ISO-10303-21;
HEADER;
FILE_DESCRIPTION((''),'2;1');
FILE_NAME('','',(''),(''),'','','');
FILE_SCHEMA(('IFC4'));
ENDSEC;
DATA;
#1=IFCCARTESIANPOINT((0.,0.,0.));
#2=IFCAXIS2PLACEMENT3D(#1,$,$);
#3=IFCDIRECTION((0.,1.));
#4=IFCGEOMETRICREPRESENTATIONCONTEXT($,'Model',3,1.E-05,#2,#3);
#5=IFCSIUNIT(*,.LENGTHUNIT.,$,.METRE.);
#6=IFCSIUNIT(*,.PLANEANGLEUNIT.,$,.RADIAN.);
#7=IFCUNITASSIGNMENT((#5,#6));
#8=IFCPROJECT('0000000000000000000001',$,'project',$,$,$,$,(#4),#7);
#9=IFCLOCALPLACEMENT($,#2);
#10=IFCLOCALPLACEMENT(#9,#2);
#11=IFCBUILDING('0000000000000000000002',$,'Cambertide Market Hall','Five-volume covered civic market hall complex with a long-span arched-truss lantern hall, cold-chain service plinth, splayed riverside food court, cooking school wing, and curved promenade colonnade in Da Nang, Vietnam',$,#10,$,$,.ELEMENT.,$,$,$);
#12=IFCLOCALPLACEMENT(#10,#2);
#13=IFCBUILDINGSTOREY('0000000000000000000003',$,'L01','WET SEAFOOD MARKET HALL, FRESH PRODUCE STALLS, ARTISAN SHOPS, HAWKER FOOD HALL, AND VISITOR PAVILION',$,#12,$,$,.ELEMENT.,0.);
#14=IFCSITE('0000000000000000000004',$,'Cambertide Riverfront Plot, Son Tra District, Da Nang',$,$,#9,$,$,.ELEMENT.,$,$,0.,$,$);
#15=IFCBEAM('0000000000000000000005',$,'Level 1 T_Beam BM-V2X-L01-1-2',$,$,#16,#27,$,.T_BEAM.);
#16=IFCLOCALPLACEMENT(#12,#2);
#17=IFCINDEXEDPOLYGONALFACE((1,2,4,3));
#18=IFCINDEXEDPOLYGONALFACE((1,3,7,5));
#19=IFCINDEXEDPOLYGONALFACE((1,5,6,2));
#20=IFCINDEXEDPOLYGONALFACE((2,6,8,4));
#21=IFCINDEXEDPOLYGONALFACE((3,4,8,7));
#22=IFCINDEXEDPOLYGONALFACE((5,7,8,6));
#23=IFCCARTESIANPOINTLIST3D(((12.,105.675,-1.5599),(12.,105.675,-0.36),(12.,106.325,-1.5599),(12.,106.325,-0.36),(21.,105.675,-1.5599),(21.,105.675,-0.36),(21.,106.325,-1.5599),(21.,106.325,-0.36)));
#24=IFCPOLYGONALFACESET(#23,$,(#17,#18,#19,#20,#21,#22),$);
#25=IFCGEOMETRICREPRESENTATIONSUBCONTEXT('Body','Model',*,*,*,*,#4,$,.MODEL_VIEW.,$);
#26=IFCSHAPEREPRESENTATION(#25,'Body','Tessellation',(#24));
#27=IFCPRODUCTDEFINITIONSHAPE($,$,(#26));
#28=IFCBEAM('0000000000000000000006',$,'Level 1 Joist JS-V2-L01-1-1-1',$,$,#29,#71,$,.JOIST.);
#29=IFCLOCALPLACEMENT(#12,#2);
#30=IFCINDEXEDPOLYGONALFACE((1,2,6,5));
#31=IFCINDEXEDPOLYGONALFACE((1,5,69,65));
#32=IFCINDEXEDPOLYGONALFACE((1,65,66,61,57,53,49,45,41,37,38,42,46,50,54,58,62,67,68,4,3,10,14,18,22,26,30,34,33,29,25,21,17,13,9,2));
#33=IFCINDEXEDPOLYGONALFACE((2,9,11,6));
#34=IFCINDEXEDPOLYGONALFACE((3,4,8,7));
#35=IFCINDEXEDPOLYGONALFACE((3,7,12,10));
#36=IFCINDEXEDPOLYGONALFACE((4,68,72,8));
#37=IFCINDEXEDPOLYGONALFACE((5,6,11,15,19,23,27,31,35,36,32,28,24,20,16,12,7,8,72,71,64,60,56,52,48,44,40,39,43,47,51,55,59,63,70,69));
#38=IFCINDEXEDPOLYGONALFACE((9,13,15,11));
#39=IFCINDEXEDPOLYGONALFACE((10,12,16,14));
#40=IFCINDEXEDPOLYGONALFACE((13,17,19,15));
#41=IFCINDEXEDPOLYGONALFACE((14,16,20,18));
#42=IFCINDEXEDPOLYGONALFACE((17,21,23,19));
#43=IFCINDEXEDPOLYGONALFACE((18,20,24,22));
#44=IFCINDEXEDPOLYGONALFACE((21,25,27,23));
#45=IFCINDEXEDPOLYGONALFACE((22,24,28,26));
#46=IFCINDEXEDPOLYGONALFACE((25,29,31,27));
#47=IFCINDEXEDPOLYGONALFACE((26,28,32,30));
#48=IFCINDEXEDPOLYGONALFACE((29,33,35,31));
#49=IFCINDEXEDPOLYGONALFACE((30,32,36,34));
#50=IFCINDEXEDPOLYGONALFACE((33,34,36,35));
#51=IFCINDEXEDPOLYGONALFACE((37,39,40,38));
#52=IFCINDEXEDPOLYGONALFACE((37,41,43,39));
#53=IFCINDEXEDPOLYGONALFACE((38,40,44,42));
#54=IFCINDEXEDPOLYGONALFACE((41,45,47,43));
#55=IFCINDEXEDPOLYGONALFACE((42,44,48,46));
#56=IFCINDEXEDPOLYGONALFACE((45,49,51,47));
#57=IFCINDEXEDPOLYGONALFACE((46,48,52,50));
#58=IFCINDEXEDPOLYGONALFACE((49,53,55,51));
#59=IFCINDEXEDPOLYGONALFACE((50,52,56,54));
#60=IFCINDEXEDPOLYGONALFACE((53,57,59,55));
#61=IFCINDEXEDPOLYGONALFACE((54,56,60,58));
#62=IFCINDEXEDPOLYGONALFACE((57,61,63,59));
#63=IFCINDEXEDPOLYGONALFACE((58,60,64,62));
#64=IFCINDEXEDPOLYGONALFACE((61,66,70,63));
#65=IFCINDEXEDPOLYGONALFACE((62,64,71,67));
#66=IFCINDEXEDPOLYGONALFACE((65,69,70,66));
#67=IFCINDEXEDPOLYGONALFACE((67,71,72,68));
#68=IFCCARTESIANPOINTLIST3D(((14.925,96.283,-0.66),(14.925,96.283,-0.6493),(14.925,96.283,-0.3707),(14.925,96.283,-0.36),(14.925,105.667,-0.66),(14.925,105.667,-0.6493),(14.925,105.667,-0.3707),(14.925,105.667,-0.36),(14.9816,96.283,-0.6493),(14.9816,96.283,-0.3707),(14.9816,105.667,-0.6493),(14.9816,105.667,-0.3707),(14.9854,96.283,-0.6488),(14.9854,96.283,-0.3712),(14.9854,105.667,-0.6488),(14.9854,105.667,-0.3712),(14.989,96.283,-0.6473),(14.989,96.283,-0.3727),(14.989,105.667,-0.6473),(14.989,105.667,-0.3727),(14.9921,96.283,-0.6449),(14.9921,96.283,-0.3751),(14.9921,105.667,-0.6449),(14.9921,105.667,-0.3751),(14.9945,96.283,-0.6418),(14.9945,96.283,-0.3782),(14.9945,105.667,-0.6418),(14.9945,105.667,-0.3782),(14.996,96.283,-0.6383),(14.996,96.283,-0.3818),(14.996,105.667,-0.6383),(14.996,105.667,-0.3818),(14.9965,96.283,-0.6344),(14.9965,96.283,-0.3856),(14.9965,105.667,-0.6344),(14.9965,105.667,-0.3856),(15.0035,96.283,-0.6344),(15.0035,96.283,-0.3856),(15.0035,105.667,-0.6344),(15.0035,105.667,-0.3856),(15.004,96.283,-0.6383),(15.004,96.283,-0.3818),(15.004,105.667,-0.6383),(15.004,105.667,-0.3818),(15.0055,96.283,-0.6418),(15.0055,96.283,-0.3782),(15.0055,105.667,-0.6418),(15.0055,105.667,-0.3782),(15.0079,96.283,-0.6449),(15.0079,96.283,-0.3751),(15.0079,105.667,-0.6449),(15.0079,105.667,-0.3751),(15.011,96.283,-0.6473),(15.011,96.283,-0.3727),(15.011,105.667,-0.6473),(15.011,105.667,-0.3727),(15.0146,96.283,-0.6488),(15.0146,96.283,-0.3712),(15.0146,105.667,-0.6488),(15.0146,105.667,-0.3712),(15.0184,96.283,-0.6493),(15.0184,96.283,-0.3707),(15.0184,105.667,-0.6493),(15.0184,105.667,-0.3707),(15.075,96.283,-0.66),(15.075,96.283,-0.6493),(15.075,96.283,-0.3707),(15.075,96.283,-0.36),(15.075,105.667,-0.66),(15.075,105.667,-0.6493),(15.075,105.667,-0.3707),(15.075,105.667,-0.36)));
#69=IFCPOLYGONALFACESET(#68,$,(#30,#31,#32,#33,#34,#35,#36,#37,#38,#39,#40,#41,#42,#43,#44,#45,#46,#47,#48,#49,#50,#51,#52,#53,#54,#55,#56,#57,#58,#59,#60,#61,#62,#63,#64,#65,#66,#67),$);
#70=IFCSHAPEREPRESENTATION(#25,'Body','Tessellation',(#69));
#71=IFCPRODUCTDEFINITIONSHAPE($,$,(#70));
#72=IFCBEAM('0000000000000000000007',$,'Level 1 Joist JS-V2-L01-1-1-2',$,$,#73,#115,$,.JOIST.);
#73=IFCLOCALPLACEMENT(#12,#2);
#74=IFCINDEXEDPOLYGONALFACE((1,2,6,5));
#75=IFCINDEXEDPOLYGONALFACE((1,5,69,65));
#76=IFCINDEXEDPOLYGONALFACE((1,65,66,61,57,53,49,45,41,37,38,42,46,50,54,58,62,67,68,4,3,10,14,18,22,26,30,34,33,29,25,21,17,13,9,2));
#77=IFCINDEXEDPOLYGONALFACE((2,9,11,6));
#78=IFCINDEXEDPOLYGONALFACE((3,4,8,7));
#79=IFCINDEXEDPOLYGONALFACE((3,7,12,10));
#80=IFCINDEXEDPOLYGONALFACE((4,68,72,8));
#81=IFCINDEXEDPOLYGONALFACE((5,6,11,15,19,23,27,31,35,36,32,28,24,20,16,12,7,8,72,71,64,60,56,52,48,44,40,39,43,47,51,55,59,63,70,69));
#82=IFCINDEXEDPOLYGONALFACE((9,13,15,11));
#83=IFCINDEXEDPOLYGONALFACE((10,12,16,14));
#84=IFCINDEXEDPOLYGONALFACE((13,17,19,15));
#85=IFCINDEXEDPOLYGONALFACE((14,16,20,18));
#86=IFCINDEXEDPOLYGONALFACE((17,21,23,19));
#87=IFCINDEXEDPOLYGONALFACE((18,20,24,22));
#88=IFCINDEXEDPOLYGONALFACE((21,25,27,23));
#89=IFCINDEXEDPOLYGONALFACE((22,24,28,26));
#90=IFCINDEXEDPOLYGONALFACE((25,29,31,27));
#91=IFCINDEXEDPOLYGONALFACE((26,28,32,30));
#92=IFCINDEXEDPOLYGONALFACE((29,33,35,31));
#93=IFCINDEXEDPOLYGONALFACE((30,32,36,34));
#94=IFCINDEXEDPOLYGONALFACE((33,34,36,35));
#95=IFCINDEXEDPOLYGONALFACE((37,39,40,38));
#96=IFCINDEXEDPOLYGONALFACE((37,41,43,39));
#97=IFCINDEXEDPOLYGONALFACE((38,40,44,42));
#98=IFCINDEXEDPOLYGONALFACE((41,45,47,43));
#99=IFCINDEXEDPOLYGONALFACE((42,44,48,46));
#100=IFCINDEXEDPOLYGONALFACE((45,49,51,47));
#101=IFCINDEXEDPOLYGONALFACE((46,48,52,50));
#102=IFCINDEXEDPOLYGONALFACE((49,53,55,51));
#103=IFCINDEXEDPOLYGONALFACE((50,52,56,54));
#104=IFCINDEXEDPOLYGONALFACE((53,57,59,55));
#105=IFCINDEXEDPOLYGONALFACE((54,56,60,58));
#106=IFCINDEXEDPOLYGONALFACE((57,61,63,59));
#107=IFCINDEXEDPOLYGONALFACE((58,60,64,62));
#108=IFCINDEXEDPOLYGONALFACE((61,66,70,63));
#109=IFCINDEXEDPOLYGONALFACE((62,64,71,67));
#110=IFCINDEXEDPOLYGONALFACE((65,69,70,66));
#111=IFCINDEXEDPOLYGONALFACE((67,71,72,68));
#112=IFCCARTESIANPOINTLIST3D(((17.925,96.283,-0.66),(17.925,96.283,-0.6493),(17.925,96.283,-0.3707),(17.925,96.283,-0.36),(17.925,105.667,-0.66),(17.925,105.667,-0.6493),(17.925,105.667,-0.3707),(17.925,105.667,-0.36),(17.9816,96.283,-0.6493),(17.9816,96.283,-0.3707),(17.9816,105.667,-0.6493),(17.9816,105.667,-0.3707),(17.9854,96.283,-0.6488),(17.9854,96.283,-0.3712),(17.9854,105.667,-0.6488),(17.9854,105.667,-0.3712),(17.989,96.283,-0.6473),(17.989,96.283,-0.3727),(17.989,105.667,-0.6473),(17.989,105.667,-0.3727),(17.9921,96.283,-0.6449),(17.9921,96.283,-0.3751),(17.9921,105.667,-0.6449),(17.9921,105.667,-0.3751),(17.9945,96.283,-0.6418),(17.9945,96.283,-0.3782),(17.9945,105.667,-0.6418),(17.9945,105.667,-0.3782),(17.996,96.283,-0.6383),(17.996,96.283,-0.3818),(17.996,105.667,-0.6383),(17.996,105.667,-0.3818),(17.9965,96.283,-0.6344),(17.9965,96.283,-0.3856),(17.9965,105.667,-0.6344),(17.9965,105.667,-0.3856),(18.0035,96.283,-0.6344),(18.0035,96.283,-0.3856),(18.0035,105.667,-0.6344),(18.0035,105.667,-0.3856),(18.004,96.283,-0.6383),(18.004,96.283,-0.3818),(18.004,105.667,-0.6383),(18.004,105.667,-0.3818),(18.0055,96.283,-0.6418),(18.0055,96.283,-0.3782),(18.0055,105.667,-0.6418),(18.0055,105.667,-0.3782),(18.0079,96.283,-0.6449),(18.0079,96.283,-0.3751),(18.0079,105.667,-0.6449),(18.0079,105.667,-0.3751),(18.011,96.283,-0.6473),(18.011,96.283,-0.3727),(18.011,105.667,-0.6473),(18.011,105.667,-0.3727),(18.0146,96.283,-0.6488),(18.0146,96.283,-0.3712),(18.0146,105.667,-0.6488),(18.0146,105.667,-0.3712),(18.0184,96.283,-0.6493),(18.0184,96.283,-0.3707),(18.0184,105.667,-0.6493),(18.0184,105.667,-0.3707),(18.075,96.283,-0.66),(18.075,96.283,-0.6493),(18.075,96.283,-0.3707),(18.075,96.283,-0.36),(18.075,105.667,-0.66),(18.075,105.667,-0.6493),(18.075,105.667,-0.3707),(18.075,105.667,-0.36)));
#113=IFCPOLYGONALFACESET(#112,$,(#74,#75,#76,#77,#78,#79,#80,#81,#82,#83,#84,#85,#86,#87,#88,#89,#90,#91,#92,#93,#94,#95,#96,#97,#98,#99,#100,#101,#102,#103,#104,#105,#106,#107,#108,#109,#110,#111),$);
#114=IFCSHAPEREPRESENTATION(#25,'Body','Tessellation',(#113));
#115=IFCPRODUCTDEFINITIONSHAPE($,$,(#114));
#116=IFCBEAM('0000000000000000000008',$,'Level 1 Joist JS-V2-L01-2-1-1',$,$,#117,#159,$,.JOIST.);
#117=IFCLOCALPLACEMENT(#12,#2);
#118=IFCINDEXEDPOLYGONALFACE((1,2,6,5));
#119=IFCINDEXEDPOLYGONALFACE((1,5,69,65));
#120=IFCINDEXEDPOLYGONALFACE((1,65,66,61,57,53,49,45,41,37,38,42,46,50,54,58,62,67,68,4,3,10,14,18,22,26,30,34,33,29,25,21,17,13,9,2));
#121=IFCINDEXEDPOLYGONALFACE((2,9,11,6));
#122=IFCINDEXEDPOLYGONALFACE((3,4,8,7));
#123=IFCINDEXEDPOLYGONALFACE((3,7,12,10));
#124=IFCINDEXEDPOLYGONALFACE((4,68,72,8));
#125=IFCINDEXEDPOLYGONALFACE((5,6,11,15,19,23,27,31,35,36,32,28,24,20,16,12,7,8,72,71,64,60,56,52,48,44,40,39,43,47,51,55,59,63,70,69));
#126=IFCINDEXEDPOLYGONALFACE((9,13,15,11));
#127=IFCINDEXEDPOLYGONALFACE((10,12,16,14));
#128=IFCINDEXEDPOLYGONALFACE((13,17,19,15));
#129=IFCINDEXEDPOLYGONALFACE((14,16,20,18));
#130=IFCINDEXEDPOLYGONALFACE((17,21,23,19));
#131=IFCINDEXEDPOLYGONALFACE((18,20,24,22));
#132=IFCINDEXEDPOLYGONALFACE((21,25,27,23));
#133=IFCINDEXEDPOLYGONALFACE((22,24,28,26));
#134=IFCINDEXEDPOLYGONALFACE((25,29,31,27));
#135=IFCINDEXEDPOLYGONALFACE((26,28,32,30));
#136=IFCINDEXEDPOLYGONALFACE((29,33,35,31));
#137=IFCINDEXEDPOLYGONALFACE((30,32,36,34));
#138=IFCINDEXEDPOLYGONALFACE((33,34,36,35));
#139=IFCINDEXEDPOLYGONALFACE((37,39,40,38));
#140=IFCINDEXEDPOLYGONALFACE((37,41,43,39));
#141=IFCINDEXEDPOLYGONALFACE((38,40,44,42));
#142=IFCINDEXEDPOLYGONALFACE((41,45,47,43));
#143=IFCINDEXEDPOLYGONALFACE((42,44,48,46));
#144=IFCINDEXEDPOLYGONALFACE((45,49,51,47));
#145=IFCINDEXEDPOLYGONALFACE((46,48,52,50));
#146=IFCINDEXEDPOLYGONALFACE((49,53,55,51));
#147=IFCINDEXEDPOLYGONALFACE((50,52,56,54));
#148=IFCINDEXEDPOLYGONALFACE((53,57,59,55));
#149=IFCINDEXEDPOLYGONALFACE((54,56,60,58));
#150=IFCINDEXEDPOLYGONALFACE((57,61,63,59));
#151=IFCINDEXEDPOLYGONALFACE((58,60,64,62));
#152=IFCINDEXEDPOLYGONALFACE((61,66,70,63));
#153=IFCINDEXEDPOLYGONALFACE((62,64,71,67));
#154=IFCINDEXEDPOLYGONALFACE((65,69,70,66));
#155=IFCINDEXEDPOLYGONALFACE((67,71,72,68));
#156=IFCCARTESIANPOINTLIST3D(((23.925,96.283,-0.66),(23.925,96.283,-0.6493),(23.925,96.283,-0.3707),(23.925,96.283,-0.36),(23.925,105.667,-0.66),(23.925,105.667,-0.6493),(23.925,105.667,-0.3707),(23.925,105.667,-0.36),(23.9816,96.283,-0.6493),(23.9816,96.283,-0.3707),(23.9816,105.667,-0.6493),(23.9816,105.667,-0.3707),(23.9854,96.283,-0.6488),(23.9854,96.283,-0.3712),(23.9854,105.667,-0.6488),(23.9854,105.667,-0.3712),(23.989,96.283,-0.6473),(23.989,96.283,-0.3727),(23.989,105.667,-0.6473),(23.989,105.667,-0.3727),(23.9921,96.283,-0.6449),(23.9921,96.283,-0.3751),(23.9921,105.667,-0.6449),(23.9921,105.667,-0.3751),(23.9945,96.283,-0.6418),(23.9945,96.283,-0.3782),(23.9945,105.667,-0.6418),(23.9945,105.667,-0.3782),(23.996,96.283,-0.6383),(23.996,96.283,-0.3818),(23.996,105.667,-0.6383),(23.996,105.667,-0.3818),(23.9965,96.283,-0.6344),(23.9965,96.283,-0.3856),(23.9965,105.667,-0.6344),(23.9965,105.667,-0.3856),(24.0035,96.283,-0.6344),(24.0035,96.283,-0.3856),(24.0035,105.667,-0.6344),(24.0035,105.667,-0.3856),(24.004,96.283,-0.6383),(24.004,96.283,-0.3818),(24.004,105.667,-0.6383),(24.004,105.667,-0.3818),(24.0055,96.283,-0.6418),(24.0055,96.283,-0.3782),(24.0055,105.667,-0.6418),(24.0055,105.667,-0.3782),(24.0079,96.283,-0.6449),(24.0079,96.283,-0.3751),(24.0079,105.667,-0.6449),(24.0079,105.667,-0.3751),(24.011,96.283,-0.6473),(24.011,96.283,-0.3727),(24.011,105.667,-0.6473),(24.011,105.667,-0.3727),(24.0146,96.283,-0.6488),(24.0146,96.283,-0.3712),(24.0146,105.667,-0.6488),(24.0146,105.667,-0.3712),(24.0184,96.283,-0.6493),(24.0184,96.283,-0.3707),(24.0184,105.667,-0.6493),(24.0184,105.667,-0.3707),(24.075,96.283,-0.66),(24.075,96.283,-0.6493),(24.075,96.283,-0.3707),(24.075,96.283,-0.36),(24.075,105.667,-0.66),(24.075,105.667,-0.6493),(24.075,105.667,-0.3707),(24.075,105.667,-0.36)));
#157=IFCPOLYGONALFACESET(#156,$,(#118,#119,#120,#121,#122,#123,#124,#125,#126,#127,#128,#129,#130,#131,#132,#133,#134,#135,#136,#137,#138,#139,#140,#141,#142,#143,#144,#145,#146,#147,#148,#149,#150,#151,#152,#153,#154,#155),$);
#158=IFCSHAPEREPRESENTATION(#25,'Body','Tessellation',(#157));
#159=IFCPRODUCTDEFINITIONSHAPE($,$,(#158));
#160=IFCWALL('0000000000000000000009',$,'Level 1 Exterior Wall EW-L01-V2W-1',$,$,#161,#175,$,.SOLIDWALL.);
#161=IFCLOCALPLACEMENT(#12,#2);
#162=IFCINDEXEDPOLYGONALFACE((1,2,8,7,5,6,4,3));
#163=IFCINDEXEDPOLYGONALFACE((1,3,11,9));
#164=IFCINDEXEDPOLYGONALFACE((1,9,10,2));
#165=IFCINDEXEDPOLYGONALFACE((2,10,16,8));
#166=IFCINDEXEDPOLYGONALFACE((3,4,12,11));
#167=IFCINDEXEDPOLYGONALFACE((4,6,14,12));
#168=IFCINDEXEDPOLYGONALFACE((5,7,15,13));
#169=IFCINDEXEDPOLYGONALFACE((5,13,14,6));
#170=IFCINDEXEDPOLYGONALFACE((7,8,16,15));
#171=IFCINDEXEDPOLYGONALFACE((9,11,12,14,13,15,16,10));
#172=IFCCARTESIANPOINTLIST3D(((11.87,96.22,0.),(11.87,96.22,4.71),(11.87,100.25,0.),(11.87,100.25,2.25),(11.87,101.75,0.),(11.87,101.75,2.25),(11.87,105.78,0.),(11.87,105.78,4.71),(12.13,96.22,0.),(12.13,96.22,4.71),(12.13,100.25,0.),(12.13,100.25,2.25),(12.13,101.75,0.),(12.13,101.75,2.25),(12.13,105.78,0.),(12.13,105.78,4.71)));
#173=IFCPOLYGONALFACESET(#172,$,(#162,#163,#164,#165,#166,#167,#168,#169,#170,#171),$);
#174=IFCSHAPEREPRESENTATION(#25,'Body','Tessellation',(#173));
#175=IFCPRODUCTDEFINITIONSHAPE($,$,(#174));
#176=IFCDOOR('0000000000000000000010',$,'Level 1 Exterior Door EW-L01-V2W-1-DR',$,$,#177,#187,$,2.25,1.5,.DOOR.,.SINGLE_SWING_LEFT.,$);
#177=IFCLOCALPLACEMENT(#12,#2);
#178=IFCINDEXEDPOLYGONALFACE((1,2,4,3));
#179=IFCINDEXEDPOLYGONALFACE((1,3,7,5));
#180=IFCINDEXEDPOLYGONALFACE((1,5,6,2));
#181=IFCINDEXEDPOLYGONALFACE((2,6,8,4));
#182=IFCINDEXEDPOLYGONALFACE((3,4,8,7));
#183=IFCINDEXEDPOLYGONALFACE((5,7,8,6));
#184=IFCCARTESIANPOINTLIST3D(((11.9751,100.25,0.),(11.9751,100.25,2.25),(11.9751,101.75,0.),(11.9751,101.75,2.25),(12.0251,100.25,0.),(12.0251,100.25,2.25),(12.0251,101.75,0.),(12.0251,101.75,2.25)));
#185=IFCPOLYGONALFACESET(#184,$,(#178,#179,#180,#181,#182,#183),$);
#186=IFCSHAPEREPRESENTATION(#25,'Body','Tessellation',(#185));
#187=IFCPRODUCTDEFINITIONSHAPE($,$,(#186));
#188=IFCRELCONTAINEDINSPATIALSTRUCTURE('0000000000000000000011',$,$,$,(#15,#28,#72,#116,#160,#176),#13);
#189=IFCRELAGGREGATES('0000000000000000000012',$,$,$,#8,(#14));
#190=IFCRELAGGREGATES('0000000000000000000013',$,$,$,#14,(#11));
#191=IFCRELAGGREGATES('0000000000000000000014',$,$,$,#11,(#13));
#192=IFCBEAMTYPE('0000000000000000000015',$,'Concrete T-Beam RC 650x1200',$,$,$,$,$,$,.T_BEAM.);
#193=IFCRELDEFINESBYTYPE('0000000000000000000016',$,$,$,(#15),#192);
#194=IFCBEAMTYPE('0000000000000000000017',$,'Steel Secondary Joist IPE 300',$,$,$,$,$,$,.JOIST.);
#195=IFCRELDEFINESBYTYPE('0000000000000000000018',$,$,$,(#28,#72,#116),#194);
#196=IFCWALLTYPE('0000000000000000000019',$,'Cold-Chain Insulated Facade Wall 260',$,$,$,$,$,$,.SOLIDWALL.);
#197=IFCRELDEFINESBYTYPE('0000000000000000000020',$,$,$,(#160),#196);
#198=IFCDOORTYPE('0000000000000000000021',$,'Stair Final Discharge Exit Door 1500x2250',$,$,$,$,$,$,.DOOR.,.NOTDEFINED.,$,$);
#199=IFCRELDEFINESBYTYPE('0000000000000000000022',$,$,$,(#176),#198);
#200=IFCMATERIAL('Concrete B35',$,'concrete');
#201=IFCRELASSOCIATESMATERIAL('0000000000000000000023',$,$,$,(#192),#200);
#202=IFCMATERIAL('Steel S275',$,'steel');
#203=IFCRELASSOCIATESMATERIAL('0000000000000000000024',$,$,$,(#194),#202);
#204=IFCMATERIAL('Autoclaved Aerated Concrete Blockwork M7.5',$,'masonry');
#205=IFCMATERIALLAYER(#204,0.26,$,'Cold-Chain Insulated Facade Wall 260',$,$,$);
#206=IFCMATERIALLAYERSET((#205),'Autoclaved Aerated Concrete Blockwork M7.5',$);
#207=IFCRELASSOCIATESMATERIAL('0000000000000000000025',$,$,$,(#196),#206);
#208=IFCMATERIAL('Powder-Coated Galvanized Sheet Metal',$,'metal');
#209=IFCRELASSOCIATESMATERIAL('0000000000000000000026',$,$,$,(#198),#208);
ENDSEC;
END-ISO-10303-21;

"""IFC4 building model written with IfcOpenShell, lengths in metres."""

from ifc_helpers import new_model, si_unit, direction, frame, frame_2d, origin, origin_2d, place, context, subcontext, project, spatial, rectangle, i_section, extrude, material, layer, layer_set, material_profile, profile_set, type_object, element, fill, save


model = new_model("IFC4")

# Units and contexts
model_context = context("Model", 3, precision=1e-05, world=origin(), true_north=direction((0.0, 1.0)))
body_context = subcontext(model_context, "Body", "Model", "MODEL_VIEW")
ifc_project = project(units=[si_unit("LENGTHUNIT", "METRE"), si_unit("PLANEANGLEUNIT", "RADIAN")], contexts=[model_context])

# Site, building, storey
site_placement = place(None, origin())
site = spatial("IfcSite", under=ifc_project, at=site_placement, Name="Cambertide Riverfront Plot, Son Tra District, Da Nang", CompositionType="ELEMENT", RefElevation=0.0)
building_placement = place(site_placement, origin())
building = spatial("IfcBuilding", under=site, at=building_placement, Name="Cambertide Market Hall", Description="Five-volume covered civic market hall complex with a long-span arched-truss lantern hall, cold-chain service plinth, splayed riverside food court, cooking school wing, and curved promenade colonnade in Da Nang, Vietnam", CompositionType="ELEMENT")
storey_placement = place(building_placement, origin())
storey = spatial("IfcBuildingStorey", under=building, at=storey_placement, Name="L01", Description="WET SEAFOOD MARKET HALL, FRESH PRODUCE STALLS, ARTISAN SHOPS, HAWKER FOOD HALL, AND VISITOR PAVILION", CompositionType="ELEMENT", Elevation=0.0)

# Beams
ifc_material_1 = material(Name="Concrete B35", Category="concrete")
ifc_material_profile_1 = material_profile(ifc_material_1, rectangle(XDim=0.6499, YDim=1.2, at=origin_2d()), Name="RC 650x1200")
ifc_profile_set_1 = profile_set([ifc_material_profile_1], Name="Concrete B35")
beam_type_1 = type_object("IfcBeamType", Name="Concrete T-Beam RC 650x1200", PredefinedType="T_BEAM", material=ifc_profile_set_1)
beam_placement = place(storey_placement, frame((12.0, 106.0, -0.96), z_axis=(1.0, 0.0, 0.0), x_axis=(0.0, 1.0, 0.0)))
element("IfcBeam", 1, at=beam_placement, inside=storey, type_object=beam_type_1, Name="Level 1 T_Beam BM-V2X-L01-1-2", PredefinedType="T_BEAM", context=body_context, shape_type="SweptSolid", body=[
    extrude(rectangle(XDim=0.6499, YDim=1.2, at=origin_2d()), origin(), (0.0, 0.0, 1.0), 9.0),
])
ifc_material_2 = material(Name="Steel S275", Category="steel")
ifc_material_profile_2 = material_profile(ifc_material_2, i_section(OverallWidth=0.1499, OverallDepth=0.3, WebThickness=0.0071, FlangeThickness=0.0107, FilletRadius=0.0149, at=origin_2d()), Name="IPE 300")
ifc_profile_set_2 = profile_set([ifc_material_profile_2], Name="Steel S275")
beam_type_2 = type_object("IfcBeamType", Name="Steel Secondary Joist IPE 300", PredefinedType="JOIST", material=ifc_profile_set_2)
for number, where, z_axis, x_axis, name in (
    (2, (15.0, 96.283, -0.51), (0.0, 1.0, 0.0), (-1.0, 0.0, 0.0), "Level 1 Joist JS-V2-L01-1-1-1"),
    (3, (18.0, 96.283, -0.51), (0.0, 1.0, 0.0), (-1.0, 0.0, 0.0), "Level 1 Joist JS-V2-L01-1-1-2"),
    (4, (24.0, 96.283, -0.51), (0.0, 1.0, 0.0), (-1.0, 0.0, 0.0), "Level 1 Joist JS-V2-L01-2-1-1"),
):
    element("IfcBeam", number, at=place(storey_placement, frame(where, z_axis=z_axis, x_axis=x_axis)), inside=storey, type_object=beam_type_2, Name=name, PredefinedType="JOIST", context=body_context, shape_type="SweptSolid", body=[
        extrude(i_section(OverallWidth=0.1499, OverallDepth=0.3, WebThickness=0.0071, FlangeThickness=0.0107, FilletRadius=0.0149, at=origin_2d()), origin(), (0.0, 0.0, 1.0), 9.384),
    ])

# Wall, opening, door
ifc_material_3 = material(Name="Autoclaved Aerated Concrete Blockwork M7.5", Category="masonry")
ifc_layer_1 = layer(ifc_material_3, 0.26, Name="Cold-Chain Insulated Facade Wall 260")
ifc_layer_set_1 = layer_set([ifc_layer_1], Name="Autoclaved Aerated Concrete Blockwork M7.5")
wall_type_1 = type_object("IfcWallType", Name="Cold-Chain Insulated Facade Wall 260", PredefinedType="SOLIDWALL", material=ifc_layer_set_1)
wall_1_placement = place(storey_placement, frame((12.0, 96.22, 0.0), z_axis=(0.0, 0.0, 1.0), x_axis=(0.0, 1.0, 0.0)))
wall_1 = element("IfcWall", 5, at=wall_1_placement, inside=storey, type_object=wall_type_1, Name="Level 1 Exterior Wall EW-L01-V2W-1", PredefinedType="SOLIDWALL", context=body_context, shape_type="SweptSolid", body=[
    extrude(rectangle(XDim=9.5601, YDim=0.26, at=frame_2d((4.78, 0.0))), origin(), (0.0, 0.0, 1.0), 4.71),
])
opening_1_placement = place(wall_1_placement, frame((4.03, 0.0, 0.0)))
opening_1 = element("IfcOpeningElement", 6, at=opening_1_placement, cuts=wall_1, PredefinedType="OPENING", context=body_context, shape_type="SweptSolid", body=[
    extrude(rectangle(XDim=1.5, YDim=2.25, at=frame_2d((0.75, 1.125))), frame((0.0, 0.1399, 0.0), z_axis=(0.0, -1.0, 0.0), x_axis=(1.0, 0.0, 0.0)), (0.0, 0.0, 1.0), 0.28),
])
ifc_material_4 = material(Name="Powder-Coated Galvanized Sheet Metal", Category="metal")
door_type_1 = type_object("IfcDoorType", Name="Stair Final Discharge Exit Door 1500x2250", OperationType="NOTDEFINED", PredefinedType="DOOR", material=ifc_material_4)
door_1_placement = place(opening_1_placement, origin())
door_1 = element("IfcDoor", 7, at=door_1_placement, inside=storey, type_object=door_type_1, Name="Level 1 Exterior Door EW-L01-V2W-1-DR", OperationType="SINGLE_SWING_LEFT", OverallHeight=2.25, OverallWidth=1.5, PredefinedType="DOOR", context=body_context, shape_type="SweptSolid", body=[
    extrude(rectangle(XDim=1.5, YDim=2.25, at=frame_2d((0.75, 1.125))), frame((0.0, 0.0249, 0.0), z_axis=(0.0, -1.0, 0.0), x_axis=(1.0, 0.0, 0.0)), (0.0, 0.0, 1.0), 0.05),
])
fill(opening_1, door_1)

save(model, "model.ifc")
